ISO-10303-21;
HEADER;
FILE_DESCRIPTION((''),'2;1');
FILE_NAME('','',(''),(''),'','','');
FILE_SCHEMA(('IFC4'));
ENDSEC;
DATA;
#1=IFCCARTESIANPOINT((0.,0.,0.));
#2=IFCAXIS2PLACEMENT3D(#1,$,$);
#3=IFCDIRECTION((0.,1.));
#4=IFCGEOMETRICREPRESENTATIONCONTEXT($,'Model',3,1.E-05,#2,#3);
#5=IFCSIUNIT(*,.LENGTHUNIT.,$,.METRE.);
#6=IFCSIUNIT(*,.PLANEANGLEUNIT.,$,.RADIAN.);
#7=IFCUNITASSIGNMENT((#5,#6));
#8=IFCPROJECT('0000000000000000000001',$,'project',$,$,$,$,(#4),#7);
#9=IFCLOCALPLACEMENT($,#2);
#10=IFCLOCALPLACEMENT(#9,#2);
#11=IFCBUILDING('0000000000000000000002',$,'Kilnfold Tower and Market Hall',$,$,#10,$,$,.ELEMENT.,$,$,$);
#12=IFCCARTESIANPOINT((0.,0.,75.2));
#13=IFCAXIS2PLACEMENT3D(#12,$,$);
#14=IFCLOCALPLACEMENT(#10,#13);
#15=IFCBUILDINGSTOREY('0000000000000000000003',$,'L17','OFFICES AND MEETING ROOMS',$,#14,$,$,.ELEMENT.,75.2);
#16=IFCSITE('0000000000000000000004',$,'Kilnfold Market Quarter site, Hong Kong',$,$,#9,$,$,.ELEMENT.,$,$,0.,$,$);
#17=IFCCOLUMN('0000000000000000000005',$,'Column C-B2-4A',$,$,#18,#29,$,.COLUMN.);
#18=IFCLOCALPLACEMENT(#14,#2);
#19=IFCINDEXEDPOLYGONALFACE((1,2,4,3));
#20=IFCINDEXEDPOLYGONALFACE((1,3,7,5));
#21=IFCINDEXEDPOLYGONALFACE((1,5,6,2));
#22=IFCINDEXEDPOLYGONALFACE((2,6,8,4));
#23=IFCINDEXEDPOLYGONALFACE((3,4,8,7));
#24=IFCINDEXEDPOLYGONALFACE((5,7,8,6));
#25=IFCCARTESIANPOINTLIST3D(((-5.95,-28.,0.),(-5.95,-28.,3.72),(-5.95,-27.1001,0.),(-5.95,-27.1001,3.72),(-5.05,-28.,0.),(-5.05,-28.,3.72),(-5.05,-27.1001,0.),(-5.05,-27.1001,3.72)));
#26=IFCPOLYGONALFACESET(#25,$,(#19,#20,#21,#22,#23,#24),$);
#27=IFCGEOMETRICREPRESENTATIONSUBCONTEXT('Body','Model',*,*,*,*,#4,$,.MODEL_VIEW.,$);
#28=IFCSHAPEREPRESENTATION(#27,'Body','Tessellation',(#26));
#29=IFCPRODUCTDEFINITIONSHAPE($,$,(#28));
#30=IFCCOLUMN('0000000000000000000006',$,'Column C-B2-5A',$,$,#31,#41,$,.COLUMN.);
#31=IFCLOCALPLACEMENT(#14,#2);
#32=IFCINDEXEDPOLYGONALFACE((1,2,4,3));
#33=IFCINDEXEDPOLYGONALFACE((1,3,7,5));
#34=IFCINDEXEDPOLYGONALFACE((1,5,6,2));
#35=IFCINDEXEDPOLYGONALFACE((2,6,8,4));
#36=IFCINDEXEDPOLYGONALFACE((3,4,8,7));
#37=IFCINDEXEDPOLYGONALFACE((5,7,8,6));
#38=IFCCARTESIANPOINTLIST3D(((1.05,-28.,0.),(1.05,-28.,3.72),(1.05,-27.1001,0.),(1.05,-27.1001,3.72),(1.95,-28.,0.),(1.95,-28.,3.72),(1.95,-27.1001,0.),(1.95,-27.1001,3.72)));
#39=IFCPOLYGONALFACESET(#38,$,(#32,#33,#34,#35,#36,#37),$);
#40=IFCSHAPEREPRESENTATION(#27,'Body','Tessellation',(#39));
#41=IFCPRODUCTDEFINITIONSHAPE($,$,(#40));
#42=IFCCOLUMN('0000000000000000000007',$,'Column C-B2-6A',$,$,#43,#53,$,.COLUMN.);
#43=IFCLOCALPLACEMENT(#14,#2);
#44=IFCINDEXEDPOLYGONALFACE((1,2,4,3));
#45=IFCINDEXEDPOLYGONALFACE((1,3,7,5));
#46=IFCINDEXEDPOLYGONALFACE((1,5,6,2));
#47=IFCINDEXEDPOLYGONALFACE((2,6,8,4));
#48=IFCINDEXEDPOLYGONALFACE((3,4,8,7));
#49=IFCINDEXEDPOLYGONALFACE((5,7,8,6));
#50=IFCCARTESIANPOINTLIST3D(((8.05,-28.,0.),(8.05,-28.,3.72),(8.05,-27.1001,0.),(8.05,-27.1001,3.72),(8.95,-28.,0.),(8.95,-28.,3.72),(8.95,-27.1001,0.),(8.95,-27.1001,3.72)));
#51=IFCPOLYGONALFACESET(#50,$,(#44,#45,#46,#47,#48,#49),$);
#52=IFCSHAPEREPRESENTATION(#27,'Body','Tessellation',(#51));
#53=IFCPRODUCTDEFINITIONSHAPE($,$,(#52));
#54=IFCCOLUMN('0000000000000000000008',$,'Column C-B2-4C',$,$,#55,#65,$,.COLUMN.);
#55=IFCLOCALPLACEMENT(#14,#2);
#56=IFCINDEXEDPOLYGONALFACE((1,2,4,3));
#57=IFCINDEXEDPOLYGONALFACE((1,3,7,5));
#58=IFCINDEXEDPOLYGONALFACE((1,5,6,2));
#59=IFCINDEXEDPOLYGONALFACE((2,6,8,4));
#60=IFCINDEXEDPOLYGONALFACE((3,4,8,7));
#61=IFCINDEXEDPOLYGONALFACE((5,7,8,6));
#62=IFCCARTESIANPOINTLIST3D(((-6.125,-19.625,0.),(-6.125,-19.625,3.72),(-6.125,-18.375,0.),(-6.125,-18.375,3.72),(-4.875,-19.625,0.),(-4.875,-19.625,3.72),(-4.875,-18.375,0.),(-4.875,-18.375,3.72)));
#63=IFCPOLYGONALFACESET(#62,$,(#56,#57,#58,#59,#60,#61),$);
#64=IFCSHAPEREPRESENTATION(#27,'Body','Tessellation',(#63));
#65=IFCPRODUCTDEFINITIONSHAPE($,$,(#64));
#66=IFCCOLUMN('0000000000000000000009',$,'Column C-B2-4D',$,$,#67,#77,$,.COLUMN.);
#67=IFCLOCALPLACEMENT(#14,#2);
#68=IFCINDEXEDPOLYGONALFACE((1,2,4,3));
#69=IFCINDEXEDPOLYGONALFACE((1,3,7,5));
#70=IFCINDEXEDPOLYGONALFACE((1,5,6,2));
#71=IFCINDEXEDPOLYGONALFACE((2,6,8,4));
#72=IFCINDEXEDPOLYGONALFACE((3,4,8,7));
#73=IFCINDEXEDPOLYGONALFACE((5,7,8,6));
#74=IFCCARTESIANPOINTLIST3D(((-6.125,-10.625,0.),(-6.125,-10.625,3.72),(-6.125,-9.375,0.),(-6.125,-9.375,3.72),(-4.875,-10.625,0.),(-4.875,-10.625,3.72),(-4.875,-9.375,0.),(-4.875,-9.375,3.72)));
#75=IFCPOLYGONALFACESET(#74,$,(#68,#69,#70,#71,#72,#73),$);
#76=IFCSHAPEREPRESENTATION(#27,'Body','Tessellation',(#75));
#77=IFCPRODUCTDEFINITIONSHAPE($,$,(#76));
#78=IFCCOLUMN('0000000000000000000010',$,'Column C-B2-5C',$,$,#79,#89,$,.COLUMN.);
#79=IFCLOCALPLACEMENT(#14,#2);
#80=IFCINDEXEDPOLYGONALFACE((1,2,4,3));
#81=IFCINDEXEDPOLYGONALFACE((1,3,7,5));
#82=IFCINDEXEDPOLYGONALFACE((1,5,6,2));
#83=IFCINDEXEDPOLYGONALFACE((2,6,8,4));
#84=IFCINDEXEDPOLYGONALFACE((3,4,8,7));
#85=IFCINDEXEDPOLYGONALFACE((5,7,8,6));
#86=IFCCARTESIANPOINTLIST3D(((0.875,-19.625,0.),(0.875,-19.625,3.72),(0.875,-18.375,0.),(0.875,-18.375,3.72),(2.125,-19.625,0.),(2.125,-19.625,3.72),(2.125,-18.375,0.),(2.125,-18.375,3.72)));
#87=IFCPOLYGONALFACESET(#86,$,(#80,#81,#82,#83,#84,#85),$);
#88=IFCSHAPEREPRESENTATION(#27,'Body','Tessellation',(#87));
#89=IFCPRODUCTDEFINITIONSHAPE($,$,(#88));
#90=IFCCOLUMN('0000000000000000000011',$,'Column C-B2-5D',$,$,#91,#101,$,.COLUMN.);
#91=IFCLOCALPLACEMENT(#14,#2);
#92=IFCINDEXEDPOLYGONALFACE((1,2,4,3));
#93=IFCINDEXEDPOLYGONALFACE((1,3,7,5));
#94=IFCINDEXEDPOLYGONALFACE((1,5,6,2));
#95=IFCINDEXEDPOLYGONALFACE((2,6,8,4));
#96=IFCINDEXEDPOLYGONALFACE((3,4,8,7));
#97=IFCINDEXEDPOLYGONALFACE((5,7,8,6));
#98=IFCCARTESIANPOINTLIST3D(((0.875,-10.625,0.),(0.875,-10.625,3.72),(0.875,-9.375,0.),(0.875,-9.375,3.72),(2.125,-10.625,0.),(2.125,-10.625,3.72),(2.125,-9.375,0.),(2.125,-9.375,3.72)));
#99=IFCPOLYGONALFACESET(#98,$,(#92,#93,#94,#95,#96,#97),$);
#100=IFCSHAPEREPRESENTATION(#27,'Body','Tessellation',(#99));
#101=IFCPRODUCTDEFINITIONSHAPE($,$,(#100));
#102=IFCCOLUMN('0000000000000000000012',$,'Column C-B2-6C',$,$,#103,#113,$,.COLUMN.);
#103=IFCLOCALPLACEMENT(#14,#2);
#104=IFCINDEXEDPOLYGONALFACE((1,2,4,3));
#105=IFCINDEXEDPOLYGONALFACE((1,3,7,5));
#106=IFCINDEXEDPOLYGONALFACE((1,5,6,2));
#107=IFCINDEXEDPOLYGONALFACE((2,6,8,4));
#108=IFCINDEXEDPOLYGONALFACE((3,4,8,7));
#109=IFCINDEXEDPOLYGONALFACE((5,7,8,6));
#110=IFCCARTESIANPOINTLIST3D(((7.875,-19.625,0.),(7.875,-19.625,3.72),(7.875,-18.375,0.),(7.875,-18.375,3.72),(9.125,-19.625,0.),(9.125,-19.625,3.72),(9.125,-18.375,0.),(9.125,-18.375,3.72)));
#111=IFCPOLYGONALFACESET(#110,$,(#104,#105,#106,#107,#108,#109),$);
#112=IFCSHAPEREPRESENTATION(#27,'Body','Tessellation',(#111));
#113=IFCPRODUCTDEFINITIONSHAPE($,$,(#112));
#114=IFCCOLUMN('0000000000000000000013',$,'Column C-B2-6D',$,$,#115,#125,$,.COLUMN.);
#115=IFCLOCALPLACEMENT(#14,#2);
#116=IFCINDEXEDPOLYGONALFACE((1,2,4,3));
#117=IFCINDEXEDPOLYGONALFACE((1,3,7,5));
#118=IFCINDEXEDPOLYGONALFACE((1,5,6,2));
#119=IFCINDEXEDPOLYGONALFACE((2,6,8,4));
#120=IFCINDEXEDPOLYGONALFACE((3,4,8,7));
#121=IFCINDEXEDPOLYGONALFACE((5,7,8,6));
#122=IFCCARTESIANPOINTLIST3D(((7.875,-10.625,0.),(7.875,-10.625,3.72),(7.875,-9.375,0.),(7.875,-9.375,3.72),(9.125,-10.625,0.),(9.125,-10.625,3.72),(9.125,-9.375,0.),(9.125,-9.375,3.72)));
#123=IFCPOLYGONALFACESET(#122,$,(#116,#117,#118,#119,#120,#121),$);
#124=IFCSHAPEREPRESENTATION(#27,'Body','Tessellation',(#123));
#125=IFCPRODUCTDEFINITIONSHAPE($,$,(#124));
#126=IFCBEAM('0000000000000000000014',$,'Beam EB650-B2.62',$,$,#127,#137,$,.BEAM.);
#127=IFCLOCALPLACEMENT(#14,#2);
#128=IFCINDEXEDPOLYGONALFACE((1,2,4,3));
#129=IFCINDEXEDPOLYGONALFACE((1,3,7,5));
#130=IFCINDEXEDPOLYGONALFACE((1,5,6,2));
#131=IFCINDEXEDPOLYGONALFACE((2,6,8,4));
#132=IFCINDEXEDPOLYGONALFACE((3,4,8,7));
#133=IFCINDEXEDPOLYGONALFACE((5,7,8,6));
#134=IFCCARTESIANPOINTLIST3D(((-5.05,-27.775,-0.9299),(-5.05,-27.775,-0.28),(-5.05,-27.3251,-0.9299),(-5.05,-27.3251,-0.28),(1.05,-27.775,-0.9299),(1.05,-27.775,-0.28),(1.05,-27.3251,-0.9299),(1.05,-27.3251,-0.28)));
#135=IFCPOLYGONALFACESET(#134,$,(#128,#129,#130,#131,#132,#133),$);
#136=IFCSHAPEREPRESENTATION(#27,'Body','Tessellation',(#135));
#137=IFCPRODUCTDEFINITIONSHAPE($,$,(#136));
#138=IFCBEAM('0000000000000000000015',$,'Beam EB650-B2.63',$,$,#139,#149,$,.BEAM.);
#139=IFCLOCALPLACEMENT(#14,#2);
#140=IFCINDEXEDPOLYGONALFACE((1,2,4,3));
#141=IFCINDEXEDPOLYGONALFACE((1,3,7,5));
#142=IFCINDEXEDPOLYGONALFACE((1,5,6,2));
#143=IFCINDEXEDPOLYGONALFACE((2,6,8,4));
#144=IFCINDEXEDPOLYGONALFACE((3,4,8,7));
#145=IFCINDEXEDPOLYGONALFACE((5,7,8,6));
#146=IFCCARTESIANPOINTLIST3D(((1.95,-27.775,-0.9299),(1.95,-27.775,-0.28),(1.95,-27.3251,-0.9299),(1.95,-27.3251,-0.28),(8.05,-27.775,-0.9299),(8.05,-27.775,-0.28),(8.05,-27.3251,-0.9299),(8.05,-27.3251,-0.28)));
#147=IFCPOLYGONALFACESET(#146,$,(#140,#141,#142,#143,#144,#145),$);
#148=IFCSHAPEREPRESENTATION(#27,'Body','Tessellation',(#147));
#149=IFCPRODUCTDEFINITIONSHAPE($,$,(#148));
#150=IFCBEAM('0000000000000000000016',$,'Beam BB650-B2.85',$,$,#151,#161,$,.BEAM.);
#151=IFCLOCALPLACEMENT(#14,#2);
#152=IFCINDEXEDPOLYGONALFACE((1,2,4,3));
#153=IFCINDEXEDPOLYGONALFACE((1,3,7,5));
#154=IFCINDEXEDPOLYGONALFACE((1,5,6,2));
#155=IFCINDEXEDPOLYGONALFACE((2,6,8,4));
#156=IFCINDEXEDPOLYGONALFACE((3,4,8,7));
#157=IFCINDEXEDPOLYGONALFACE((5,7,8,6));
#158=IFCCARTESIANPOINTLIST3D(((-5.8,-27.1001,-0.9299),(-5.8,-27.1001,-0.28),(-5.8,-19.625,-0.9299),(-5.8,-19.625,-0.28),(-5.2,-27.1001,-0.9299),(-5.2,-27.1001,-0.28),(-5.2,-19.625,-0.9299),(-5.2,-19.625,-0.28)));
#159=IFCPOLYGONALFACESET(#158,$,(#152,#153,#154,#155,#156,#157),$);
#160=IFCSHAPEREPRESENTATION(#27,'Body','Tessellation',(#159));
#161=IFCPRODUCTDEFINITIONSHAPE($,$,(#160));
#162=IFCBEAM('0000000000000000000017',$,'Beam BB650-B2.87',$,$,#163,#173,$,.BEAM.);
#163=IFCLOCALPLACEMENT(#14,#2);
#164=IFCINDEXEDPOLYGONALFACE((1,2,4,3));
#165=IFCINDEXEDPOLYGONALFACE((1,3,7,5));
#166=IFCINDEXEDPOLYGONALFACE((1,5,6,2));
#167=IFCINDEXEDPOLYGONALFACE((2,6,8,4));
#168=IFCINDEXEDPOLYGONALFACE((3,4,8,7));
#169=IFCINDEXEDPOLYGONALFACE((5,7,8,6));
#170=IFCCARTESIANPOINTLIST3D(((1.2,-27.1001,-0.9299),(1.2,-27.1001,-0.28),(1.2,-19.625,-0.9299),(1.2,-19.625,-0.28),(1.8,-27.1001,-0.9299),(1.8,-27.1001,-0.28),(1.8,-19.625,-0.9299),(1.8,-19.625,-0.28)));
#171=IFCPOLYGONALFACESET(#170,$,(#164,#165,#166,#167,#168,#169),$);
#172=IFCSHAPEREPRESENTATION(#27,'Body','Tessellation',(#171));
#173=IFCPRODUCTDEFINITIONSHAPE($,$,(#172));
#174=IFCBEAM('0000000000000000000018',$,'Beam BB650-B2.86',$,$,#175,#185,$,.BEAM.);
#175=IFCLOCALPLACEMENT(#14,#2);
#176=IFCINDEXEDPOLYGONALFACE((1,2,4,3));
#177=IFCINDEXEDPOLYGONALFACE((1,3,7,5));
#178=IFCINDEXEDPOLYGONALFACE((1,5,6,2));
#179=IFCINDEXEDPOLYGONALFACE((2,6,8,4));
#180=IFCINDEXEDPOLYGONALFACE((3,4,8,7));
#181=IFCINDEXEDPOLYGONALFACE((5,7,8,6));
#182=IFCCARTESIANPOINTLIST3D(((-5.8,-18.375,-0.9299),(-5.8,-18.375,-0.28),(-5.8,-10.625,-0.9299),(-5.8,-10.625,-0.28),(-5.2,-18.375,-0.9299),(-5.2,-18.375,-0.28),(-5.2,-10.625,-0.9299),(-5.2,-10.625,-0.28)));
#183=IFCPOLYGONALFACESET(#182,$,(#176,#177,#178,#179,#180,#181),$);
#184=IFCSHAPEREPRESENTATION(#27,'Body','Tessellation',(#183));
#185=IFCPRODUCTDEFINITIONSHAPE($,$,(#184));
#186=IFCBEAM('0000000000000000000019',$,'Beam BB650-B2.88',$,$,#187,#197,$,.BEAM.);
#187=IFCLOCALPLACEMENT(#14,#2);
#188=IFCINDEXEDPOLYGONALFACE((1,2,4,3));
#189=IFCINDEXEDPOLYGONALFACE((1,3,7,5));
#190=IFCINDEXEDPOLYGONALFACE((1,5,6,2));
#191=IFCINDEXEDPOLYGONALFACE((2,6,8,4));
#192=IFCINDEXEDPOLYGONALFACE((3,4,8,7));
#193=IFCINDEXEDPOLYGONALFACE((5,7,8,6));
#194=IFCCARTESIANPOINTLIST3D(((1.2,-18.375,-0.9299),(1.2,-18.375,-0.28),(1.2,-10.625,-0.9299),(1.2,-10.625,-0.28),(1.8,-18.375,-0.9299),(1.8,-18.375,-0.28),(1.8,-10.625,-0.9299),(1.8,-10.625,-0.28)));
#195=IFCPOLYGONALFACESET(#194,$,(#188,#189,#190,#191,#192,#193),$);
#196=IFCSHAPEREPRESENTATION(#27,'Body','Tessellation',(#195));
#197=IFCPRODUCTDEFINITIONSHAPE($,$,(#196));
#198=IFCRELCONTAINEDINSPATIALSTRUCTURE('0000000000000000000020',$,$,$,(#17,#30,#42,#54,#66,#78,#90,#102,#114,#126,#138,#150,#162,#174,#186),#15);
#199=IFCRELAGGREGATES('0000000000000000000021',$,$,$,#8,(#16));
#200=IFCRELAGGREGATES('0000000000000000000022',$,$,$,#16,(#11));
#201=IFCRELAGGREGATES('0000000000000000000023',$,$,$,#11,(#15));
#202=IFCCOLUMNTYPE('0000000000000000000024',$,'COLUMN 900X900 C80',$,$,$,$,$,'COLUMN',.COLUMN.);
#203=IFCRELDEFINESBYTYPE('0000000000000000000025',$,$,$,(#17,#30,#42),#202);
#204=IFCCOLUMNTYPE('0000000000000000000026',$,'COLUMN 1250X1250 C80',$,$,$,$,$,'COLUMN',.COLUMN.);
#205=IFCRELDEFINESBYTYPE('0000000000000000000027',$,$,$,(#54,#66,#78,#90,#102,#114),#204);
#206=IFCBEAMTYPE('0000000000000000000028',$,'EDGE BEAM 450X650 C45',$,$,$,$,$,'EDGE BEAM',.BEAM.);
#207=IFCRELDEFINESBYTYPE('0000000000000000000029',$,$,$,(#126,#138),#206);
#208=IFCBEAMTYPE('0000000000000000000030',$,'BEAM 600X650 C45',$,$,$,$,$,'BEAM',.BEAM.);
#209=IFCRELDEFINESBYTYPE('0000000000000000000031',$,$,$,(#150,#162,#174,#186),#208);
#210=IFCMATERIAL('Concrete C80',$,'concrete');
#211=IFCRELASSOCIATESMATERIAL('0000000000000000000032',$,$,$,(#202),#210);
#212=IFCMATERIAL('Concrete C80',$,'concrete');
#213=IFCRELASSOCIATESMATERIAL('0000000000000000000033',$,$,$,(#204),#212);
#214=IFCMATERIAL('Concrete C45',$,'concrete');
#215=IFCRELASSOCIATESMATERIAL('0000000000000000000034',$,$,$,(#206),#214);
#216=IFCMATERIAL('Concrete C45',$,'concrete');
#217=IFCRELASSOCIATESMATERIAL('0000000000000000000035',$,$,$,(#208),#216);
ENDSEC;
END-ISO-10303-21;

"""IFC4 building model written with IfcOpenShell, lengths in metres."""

from ifc_helpers import new_model, si_unit, direction, frame, origin, origin_2d, place, context, subcontext, project, spatial, rectangle, extrude, source, transform, mapped, material, material_profile, profile_set, type_object, element, save


model = new_model("IFC4")

# Units and contexts
model_context = context("Model", 3, precision=1e-05, world=origin(), true_north=direction((0.0, 1.0)))
body_context = subcontext(model_context, "Body", "Model", "MODEL_VIEW")
ifc_project = project(units=[si_unit("LENGTHUNIT", "METRE"), si_unit("PLANEANGLEUNIT", "RADIAN")], contexts=[model_context])

# Site, building, storey
site_placement = place(None, origin())
site = spatial("IfcSite", under=ifc_project, at=site_placement, Name="Kilnfold Market Quarter site, Hong Kong", CompositionType="ELEMENT", RefElevation=0.0)
building_placement = place(site_placement, origin())
building = spatial("IfcBuilding", under=site, at=building_placement, Name="Kilnfold Tower and Market Hall", CompositionType="ELEMENT")
storey_placement = place(building_placement, frame((0.0, 0.0, 75.2)))
storey = spatial("IfcBuildingStorey", under=building, at=storey_placement, Name="L17", Description="OFFICES AND MEETING ROOMS", CompositionType="ELEMENT", Elevation=75.2)

# Columns
ifc_material_1 = material(Name="Concrete C80", Category="concrete")
ifc_material_profile_1 = material_profile(ifc_material_1, rectangle(XDim=0.8999, YDim=0.8999, at=origin_2d()), Name="RC 900x900")
ifc_profile_set_1 = profile_set([ifc_material_profile_1], Name="Concrete C80")
column_type_1 = type_object("IfcColumnType", Name="COLUMN 900X900 C80", ElementType="COLUMN", PredefinedType="COLUMN", material=ifc_profile_set_1)
shared_shape_1 = source(origin(), body_context, "Body", "SweptSolid", [
    extrude(rectangle(XDim=0.8999, YDim=0.8999, at=origin_2d()), origin(), (0.0, 0.0, 1.0), 3.72),
])
for number, where, z_axis, x_axis, name in (
    (1, (-5.5, -27.55, 0.0), (0.0, 0.0, 1.0), (1.0, 0.0, 0.0), "Column C-B2-4A"),
    (2, (1.5, -27.55, 0.0), (0.0, 0.0, 1.0), (1.0, 0.0, 0.0), "Column C-B2-5A"),
    (3, (8.5, -27.55, 0.0), (0.0, 0.0, 1.0), (1.0, 0.0, 0.0), "Column C-B2-6A"),
):
    element("IfcColumn", number, at=place(storey_placement, frame(where, z_axis=z_axis, x_axis=x_axis)), inside=storey, type_object=column_type_1, Name=name, PredefinedType="COLUMN", context=body_context, shape_type="MappedRepresentation", body=[
        mapped(shared_shape_1, transform((0.0, 0.0, 0.0))),
    ])
ifc_material_2 = material(Name="Concrete C80", Category="concrete")
ifc_material_profile_2 = material_profile(ifc_material_2, rectangle(XDim=1.25, YDim=1.25, at=origin_2d()), Name="RC 1250x1250")
ifc_profile_set_2 = profile_set([ifc_material_profile_2], Name="Concrete C80")
column_type_2 = type_object("IfcColumnType", Name="COLUMN 1250X1250 C80", ElementType="COLUMN", PredefinedType="COLUMN", material=ifc_profile_set_2)
shared_shape_2 = source(origin(), body_context, "Body", "SweptSolid", [
    extrude(rectangle(XDim=1.25, YDim=1.25, at=origin_2d()), origin(), (0.0, 0.0, 1.0), 3.72),
])
for number, where, z_axis, x_axis, name in (
    (4, (-5.5, -19.0, 0.0), (0.0, 0.0, 1.0), (1.0, 0.0, 0.0), "Column C-B2-4C"),
    (5, (-5.5, -10.0, 0.0), (0.0, 0.0, 1.0), (1.0, 0.0, 0.0), "Column C-B2-4D"),
    (6, (1.5, -19.0, 0.0), (0.0, 0.0, 1.0), (1.0, 0.0, 0.0), "Column C-B2-5C"),
    (7, (1.5, -10.0, 0.0), (0.0, 0.0, 1.0), (1.0, 0.0, 0.0), "Column C-B2-5D"),
    (8, (8.5, -19.0, 0.0), (0.0, 0.0, 1.0), (1.0, 0.0, 0.0), "Column C-B2-6C"),
    (9, (8.5, -10.0, 0.0), (0.0, 0.0, 1.0), (1.0, 0.0, 0.0), "Column C-B2-6D"),
):
    element("IfcColumn", number, at=place(storey_placement, frame(where, z_axis=z_axis, x_axis=x_axis)), inside=storey, type_object=column_type_2, Name=name, PredefinedType="COLUMN", context=body_context, shape_type="MappedRepresentation", body=[
        mapped(shared_shape_2, transform((0.0, 0.0, 0.0))),
    ])

# Beams
ifc_material_3 = material(Name="Concrete C45", Category="concrete")
ifc_material_profile_3 = material_profile(ifc_material_3, rectangle(XDim=0.45, YDim=0.6499, at=origin_2d()), Name="RC 450x650")
ifc_profile_set_3 = profile_set([ifc_material_profile_3], Name="Concrete C45")
beam_type_1 = type_object("IfcBeamType", Name="EDGE BEAM 450X650 C45", ElementType="EDGE BEAM", PredefinedType="BEAM", material=ifc_profile_set_3)
shared_shape_3 = source(origin(), body_context, "Body", "SweptSolid", [
    extrude(rectangle(XDim=0.45, YDim=0.6499, at=origin_2d()), origin(), (0.0, 0.0, 1.0), 6.1001),
])
for number, where, z_axis, x_axis, name in (
    (10, (-5.05, -27.55, -0.605), (1.0, 0.0, 0.0), (0.0, 1.0, 0.0), "Beam EB650-B2.62"),
    (11, (1.95, -27.55, -0.605), (1.0, 0.0, 0.0), (0.0, 1.0, 0.0), "Beam EB650-B2.63"),
):
    element("IfcBeam", number, at=place(storey_placement, frame(where, z_axis=z_axis, x_axis=x_axis)), inside=storey, type_object=beam_type_1, Name=name, PredefinedType="BEAM", context=body_context, shape_type="MappedRepresentation", body=[
        mapped(shared_shape_3, transform((0.0, 0.0, 0.0))),
    ])
ifc_material_4 = material(Name="Concrete C45", Category="concrete")
ifc_material_profile_4 = material_profile(ifc_material_4, rectangle(XDim=0.6001, YDim=0.6499, at=origin_2d()), Name="RC 600x650")
ifc_profile_set_4 = profile_set([ifc_material_profile_4], Name="Concrete C45")
beam_type_2 = type_object("IfcBeamType", Name="BEAM 600X650 C45", ElementType="BEAM", PredefinedType="BEAM", material=ifc_profile_set_4)
shared_shape_4 = source(origin(), body_context, "Body", "SweptSolid", [
    extrude(rectangle(XDim=0.6001, YDim=0.6499, at=origin_2d()), origin(), (0.0, 0.0, 1.0), 7.4751),
])
for number, where, z_axis, x_axis, name in (
    (12, (-5.5, -27.1001, -0.605), (0.0, 1.0, 0.0), (-1.0, 0.0, 0.0), "Beam BB650-B2.85"),
    (13, (1.5, -27.1001, -0.605), (0.0, 1.0, 0.0), (-1.0, 0.0, 0.0), "Beam BB650-B2.87"),
):
    element("IfcBeam", number, at=place(storey_placement, frame(where, z_axis=z_axis, x_axis=x_axis)), inside=storey, type_object=beam_type_2, Name=name, PredefinedType="BEAM", context=body_context, shape_type="MappedRepresentation", body=[
        mapped(shared_shape_4, transform((0.0, 0.0, 0.0))),
    ])
shared_shape_5 = source(origin(), body_context, "Body", "SweptSolid", [
    extrude(rectangle(XDim=0.6001, YDim=0.6499, at=origin_2d()), origin(), (0.0, 0.0, 1.0), 7.75),
])
for number, where, z_axis, x_axis, name in (
    (14, (-5.5, -18.375, -0.605), (0.0, 1.0, 0.0), (-1.0, 0.0, 0.0), "Beam BB650-B2.86"),
    (15, (1.5, -18.375, -0.605), (0.0, 1.0, 0.0), (-1.0, 0.0, 0.0), "Beam BB650-B2.88"),
):
    element("IfcBeam", number, at=place(storey_placement, frame(where, z_axis=z_axis, x_axis=x_axis)), inside=storey, type_object=beam_type_2, Name=name, PredefinedType="BEAM", context=body_context, shape_type="MappedRepresentation", body=[
        mapped(shared_shape_5, transform((0.0, 0.0, 0.0))),
    ])

save(model, "model.ifc")
